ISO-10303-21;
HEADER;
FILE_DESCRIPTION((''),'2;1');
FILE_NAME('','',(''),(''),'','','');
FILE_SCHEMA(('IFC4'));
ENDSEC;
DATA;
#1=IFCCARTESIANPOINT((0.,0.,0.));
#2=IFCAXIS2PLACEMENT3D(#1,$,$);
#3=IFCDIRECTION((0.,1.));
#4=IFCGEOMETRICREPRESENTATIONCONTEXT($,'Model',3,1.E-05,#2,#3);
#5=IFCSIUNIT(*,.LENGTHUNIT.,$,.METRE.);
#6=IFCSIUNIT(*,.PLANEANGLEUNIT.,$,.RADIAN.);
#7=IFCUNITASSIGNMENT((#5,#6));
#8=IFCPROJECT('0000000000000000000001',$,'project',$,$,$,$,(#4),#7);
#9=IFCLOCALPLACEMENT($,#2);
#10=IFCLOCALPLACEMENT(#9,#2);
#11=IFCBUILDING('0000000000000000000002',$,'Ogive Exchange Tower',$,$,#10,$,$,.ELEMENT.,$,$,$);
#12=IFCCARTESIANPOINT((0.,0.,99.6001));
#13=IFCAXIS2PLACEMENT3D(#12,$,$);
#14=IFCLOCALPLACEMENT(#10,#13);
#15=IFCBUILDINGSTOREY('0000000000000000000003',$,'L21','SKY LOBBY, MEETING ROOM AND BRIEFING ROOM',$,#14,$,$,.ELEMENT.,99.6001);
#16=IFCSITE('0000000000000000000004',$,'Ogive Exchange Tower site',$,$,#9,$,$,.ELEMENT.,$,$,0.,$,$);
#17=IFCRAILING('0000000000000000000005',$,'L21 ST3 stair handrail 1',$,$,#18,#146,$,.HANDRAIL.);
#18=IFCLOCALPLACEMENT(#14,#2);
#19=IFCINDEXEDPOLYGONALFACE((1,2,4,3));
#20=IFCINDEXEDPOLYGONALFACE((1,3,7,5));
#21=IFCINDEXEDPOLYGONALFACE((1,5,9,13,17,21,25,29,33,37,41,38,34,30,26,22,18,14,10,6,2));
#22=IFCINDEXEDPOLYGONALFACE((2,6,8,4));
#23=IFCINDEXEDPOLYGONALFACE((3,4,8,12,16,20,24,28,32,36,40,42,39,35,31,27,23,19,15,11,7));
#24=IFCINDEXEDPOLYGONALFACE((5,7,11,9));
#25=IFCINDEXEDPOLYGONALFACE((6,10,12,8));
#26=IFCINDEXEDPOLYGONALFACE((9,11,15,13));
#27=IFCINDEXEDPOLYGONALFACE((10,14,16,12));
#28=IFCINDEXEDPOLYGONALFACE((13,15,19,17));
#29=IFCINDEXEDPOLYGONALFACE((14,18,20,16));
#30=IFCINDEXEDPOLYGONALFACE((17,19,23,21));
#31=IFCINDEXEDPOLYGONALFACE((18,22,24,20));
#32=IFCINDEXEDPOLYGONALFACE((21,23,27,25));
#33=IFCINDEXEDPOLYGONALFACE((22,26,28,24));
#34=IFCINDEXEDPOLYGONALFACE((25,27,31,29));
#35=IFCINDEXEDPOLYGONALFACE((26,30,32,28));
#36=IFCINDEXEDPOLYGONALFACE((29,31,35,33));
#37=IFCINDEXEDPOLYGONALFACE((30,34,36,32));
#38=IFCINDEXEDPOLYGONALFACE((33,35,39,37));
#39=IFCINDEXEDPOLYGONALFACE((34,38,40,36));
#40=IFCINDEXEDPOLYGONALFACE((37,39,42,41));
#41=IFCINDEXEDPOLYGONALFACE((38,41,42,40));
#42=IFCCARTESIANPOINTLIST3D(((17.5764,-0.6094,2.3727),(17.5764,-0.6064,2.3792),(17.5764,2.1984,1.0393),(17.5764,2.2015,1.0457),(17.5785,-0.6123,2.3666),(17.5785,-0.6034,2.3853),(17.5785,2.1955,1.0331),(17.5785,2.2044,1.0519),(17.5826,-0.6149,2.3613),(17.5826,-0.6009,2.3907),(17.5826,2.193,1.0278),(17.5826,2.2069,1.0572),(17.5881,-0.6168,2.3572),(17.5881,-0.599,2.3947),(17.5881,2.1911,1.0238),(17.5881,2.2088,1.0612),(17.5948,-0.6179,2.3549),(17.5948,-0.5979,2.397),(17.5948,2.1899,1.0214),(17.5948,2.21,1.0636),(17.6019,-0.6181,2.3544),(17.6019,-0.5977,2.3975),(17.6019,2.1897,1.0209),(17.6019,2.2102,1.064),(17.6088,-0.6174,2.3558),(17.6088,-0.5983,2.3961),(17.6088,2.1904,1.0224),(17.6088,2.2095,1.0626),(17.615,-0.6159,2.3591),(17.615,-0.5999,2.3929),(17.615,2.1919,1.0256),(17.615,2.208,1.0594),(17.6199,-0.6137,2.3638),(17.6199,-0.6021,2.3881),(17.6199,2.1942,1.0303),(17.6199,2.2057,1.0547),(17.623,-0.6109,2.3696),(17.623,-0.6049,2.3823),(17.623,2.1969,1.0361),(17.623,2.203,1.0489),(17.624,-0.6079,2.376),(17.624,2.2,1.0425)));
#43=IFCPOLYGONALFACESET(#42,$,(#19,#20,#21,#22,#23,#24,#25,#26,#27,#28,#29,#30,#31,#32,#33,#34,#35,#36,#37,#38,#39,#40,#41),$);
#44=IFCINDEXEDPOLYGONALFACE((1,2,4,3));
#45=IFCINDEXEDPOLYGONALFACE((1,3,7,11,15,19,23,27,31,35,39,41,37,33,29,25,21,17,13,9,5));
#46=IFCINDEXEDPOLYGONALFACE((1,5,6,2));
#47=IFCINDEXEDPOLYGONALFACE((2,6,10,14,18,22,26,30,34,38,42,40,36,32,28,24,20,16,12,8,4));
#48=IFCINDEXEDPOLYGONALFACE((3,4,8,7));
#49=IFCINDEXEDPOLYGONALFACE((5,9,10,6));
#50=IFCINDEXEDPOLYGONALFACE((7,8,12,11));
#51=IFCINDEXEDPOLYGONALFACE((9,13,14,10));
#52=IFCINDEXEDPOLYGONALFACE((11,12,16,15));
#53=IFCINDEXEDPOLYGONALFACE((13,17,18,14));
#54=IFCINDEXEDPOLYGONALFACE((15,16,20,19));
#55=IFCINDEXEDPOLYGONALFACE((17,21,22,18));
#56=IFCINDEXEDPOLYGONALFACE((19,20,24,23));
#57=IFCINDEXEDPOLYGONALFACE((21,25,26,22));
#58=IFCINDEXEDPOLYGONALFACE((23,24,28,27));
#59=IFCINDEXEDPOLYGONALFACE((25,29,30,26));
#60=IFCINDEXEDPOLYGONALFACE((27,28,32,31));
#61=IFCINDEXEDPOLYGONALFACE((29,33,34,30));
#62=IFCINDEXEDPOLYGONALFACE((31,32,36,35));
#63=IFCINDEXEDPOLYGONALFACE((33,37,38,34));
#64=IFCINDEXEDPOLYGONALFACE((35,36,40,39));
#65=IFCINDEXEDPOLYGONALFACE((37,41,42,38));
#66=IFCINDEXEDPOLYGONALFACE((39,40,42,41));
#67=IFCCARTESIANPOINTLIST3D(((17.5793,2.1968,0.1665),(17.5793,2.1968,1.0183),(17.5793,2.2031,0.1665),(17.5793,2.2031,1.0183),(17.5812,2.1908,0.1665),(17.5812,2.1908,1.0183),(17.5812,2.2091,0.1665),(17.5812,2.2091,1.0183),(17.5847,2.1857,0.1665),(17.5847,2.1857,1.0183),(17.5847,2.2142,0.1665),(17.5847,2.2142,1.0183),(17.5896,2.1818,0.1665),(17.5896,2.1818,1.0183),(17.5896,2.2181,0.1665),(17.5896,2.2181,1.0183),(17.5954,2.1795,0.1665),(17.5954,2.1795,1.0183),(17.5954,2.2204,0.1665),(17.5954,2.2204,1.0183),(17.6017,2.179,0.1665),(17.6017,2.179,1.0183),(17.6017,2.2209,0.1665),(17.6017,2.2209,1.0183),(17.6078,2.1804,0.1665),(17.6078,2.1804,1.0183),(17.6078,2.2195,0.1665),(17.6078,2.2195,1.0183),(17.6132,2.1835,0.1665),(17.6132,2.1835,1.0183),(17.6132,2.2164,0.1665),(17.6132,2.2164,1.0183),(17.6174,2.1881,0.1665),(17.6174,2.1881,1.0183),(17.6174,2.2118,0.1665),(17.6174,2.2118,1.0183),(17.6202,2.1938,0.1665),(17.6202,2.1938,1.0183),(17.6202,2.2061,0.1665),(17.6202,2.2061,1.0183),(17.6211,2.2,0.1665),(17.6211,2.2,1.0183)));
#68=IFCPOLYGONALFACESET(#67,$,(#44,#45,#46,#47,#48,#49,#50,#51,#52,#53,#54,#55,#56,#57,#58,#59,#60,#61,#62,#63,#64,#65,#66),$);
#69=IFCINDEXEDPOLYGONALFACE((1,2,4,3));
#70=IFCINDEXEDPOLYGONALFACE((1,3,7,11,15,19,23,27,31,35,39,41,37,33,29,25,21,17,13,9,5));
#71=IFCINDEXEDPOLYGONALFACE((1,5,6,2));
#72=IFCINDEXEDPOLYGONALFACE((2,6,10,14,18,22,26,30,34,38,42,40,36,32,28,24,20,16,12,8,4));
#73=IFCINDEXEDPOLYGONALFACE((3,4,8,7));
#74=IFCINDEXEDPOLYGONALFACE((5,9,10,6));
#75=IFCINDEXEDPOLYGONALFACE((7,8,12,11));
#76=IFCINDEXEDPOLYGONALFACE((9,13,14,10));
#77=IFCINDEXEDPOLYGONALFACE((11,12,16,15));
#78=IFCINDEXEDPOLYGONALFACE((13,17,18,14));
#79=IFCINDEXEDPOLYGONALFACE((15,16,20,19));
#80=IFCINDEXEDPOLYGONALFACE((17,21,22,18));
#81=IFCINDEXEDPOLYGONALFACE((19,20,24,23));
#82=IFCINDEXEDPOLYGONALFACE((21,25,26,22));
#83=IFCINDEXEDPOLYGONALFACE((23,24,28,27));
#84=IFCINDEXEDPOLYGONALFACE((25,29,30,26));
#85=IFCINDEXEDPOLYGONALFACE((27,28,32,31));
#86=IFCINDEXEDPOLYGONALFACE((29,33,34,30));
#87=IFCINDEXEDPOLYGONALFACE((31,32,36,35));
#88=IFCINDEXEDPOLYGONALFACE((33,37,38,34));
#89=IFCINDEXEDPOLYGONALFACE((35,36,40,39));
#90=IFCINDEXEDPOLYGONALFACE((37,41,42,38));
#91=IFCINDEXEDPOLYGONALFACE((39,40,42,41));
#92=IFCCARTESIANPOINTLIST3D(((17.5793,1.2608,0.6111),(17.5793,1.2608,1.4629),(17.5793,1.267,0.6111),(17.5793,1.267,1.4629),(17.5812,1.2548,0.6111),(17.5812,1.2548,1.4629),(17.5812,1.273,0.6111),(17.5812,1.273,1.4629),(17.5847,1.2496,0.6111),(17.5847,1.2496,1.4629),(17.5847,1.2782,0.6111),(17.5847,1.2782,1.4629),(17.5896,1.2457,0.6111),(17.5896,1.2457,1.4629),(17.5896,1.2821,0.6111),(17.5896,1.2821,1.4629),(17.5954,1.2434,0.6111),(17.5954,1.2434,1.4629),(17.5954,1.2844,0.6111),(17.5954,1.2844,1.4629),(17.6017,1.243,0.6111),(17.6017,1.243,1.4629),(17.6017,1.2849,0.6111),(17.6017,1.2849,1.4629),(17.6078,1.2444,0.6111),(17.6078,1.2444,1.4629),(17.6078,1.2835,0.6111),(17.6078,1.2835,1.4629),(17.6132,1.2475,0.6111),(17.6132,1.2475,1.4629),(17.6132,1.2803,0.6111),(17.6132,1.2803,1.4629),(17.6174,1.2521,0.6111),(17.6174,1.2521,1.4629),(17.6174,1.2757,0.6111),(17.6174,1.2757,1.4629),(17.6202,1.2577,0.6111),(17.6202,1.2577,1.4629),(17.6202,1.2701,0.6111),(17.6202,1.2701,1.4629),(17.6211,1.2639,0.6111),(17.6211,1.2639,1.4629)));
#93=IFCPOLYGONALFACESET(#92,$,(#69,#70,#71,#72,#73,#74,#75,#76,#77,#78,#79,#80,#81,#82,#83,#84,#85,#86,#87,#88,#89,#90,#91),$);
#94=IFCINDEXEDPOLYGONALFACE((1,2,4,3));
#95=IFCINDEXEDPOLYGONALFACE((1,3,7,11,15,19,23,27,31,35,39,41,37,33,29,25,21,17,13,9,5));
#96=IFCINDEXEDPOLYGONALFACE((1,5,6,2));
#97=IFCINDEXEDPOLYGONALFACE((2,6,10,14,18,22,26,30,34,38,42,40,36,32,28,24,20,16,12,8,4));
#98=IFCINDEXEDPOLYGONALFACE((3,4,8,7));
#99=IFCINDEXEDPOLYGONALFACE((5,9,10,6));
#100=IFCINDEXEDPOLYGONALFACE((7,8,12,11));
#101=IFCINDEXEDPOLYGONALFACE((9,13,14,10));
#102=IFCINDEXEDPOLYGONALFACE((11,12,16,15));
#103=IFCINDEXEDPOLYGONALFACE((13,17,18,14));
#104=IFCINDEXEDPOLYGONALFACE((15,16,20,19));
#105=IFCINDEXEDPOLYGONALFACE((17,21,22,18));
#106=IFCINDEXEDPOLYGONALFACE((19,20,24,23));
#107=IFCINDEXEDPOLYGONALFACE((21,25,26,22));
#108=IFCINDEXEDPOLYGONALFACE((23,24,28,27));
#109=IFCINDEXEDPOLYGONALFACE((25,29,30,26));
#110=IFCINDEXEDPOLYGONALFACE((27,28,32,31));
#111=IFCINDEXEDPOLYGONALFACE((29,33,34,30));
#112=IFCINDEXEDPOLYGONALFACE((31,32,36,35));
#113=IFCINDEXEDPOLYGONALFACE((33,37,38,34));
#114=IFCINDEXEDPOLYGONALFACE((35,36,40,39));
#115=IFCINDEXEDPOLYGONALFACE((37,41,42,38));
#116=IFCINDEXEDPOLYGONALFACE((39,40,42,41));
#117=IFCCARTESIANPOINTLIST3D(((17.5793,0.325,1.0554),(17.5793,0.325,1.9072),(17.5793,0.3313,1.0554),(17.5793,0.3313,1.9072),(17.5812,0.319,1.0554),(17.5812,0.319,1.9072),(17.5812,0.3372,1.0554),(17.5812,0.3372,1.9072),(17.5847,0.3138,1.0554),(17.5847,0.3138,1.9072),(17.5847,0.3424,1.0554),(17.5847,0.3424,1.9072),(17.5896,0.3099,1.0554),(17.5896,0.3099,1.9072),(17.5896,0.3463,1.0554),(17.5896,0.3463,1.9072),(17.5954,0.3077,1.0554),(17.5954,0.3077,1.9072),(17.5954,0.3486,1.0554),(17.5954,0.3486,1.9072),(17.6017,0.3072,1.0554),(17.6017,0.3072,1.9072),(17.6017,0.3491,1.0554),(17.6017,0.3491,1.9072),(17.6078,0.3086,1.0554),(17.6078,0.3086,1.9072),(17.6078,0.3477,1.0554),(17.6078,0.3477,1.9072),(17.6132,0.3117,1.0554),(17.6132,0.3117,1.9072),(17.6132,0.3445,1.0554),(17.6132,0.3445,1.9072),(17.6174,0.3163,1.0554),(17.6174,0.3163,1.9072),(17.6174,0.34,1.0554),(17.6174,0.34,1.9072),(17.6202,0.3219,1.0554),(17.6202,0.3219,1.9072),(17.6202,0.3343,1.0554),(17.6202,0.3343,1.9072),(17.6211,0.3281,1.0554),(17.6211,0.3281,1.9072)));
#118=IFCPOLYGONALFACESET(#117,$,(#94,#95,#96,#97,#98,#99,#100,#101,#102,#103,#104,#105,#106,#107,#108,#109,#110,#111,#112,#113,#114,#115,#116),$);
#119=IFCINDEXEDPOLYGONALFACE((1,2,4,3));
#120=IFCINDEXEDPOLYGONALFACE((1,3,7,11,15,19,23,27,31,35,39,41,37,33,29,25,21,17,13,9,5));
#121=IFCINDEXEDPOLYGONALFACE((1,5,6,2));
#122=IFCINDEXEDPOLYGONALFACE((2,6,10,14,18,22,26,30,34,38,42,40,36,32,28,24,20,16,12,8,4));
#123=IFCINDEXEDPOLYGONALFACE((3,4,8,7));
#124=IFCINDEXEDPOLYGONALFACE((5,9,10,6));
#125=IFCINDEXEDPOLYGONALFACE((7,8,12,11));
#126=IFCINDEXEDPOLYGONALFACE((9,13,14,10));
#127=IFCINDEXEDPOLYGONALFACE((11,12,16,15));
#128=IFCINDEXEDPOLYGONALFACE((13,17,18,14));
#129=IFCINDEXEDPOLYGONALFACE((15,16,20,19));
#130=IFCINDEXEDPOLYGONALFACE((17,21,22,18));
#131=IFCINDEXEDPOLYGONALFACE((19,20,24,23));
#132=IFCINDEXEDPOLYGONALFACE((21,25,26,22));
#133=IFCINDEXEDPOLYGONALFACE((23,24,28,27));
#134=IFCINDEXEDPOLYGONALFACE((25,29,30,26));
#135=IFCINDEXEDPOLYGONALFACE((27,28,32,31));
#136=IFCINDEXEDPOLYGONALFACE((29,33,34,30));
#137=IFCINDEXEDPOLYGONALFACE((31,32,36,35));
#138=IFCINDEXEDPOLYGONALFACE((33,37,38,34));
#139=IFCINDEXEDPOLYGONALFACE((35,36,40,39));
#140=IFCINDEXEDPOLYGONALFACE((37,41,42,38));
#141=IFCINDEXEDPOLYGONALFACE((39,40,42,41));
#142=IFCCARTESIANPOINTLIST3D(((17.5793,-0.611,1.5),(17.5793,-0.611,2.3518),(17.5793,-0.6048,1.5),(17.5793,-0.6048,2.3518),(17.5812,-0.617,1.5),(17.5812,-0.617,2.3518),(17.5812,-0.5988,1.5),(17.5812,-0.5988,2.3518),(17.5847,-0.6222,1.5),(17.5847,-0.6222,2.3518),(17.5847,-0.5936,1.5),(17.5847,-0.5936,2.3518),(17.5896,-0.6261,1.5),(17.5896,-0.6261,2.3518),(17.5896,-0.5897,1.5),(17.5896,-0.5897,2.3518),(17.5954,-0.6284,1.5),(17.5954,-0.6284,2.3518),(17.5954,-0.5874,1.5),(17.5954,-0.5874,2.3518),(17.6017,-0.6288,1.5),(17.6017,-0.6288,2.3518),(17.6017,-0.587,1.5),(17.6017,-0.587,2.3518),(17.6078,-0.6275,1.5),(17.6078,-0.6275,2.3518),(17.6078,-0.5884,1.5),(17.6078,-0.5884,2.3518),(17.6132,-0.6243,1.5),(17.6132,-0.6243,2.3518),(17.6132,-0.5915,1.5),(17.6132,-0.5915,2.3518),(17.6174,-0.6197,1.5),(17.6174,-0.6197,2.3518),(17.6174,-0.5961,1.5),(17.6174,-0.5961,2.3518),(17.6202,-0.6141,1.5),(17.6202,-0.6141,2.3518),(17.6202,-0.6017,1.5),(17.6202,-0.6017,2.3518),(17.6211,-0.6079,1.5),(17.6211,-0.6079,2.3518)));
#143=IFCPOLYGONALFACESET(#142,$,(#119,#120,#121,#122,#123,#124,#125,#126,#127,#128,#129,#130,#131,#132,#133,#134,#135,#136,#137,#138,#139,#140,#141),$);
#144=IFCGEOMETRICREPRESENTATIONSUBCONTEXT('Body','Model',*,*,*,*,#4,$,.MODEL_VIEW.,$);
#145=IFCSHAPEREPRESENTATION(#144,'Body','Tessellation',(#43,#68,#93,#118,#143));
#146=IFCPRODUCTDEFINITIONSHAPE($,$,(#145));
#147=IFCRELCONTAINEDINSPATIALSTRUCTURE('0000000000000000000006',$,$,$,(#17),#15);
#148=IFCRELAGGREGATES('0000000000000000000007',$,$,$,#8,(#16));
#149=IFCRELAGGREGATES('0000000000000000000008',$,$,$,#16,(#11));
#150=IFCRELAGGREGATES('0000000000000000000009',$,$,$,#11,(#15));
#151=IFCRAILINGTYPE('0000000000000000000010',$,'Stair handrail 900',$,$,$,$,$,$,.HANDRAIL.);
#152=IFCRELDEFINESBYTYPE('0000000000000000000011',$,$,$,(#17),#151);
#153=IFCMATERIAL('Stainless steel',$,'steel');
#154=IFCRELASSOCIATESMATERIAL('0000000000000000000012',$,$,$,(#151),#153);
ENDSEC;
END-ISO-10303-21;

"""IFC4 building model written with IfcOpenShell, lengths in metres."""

from ifc_helpers import new_model, si_unit, direction, frame, origin, origin_2d, place, context, subcontext, project, spatial, circle, extrude, material, type_object, element, save


model = new_model("IFC4")

# Units and contexts
model_context = context("Model", 3, precision=1e-05, world=origin(), true_north=direction((0.0, 1.0)))
body_context = subcontext(model_context, "Body", "Model", "MODEL_VIEW")
ifc_project = project(units=[si_unit("LENGTHUNIT", "METRE"), si_unit("PLANEANGLEUNIT", "RADIAN")], contexts=[model_context])

# Site, building, storey
site_placement = place(None, origin())
site = spatial("IfcSite", under=ifc_project, at=site_placement, Name="Ogive Exchange Tower site", CompositionType="ELEMENT", RefElevation=0.0)
building_placement = place(site_placement, origin())
building = spatial("IfcBuilding", under=site, at=building_placement, Name="Ogive Exchange Tower", CompositionType="ELEMENT")
storey_placement = place(building_placement, frame((0.0, 0.0, 99.6001)))
storey = spatial("IfcBuildingStorey", under=building, at=storey_placement, Name="L21", Description="SKY LOBBY, MEETING ROOM AND BRIEFING ROOM", CompositionType="ELEMENT", Elevation=99.6001)

# Shared definitions
ifc_material_1 = material(Name="Stainless steel", Category="steel")

# Railing
railing_type = type_object("IfcRailingType", Name="Stair handrail 900", PredefinedType="HANDRAIL", material=ifc_material_1)
railing_1_placement = place(storey_placement, frame((17.6001, 2.2, 0.1665)))
element("IfcRailing", 1, at=railing_1_placement, inside=storey, type_object=railing_type, Name="L21 ST3 stair handrail 1", PredefinedType="HANDRAIL", context=body_context, shape_type="SweptSolid", body=[
    extrude(circle(Radius=0.0239, at=origin_2d()), frame((0.0, 0.0, 0.876), z_axis=(0.0, -0.903307, 0.428994), x_axis=(1.0, 0.0, 0.0)), (0.0, 0.0, 1.0), 3.1084),
    extrude(circle(Radius=0.021, at=origin_2d()), origin(), (0.0, 0.0, 1.0), 0.8518),
    extrude(circle(Radius=0.021, at=origin_2d()), frame((0.0, -0.936, 0.4446)), (0.0, 0.0, 1.0), 0.8518),
    extrude(circle(Radius=0.021, at=origin_2d()), frame((0.0, -1.8718, 0.8889)), (0.0, 0.0, 1.0), 0.8518),
    extrude(circle(Radius=0.021, at=origin_2d()), frame((0.0, -2.8079, 1.3335)), (0.0, 0.0, 1.0), 0.8518),
])

save(model, "model.ifc")
